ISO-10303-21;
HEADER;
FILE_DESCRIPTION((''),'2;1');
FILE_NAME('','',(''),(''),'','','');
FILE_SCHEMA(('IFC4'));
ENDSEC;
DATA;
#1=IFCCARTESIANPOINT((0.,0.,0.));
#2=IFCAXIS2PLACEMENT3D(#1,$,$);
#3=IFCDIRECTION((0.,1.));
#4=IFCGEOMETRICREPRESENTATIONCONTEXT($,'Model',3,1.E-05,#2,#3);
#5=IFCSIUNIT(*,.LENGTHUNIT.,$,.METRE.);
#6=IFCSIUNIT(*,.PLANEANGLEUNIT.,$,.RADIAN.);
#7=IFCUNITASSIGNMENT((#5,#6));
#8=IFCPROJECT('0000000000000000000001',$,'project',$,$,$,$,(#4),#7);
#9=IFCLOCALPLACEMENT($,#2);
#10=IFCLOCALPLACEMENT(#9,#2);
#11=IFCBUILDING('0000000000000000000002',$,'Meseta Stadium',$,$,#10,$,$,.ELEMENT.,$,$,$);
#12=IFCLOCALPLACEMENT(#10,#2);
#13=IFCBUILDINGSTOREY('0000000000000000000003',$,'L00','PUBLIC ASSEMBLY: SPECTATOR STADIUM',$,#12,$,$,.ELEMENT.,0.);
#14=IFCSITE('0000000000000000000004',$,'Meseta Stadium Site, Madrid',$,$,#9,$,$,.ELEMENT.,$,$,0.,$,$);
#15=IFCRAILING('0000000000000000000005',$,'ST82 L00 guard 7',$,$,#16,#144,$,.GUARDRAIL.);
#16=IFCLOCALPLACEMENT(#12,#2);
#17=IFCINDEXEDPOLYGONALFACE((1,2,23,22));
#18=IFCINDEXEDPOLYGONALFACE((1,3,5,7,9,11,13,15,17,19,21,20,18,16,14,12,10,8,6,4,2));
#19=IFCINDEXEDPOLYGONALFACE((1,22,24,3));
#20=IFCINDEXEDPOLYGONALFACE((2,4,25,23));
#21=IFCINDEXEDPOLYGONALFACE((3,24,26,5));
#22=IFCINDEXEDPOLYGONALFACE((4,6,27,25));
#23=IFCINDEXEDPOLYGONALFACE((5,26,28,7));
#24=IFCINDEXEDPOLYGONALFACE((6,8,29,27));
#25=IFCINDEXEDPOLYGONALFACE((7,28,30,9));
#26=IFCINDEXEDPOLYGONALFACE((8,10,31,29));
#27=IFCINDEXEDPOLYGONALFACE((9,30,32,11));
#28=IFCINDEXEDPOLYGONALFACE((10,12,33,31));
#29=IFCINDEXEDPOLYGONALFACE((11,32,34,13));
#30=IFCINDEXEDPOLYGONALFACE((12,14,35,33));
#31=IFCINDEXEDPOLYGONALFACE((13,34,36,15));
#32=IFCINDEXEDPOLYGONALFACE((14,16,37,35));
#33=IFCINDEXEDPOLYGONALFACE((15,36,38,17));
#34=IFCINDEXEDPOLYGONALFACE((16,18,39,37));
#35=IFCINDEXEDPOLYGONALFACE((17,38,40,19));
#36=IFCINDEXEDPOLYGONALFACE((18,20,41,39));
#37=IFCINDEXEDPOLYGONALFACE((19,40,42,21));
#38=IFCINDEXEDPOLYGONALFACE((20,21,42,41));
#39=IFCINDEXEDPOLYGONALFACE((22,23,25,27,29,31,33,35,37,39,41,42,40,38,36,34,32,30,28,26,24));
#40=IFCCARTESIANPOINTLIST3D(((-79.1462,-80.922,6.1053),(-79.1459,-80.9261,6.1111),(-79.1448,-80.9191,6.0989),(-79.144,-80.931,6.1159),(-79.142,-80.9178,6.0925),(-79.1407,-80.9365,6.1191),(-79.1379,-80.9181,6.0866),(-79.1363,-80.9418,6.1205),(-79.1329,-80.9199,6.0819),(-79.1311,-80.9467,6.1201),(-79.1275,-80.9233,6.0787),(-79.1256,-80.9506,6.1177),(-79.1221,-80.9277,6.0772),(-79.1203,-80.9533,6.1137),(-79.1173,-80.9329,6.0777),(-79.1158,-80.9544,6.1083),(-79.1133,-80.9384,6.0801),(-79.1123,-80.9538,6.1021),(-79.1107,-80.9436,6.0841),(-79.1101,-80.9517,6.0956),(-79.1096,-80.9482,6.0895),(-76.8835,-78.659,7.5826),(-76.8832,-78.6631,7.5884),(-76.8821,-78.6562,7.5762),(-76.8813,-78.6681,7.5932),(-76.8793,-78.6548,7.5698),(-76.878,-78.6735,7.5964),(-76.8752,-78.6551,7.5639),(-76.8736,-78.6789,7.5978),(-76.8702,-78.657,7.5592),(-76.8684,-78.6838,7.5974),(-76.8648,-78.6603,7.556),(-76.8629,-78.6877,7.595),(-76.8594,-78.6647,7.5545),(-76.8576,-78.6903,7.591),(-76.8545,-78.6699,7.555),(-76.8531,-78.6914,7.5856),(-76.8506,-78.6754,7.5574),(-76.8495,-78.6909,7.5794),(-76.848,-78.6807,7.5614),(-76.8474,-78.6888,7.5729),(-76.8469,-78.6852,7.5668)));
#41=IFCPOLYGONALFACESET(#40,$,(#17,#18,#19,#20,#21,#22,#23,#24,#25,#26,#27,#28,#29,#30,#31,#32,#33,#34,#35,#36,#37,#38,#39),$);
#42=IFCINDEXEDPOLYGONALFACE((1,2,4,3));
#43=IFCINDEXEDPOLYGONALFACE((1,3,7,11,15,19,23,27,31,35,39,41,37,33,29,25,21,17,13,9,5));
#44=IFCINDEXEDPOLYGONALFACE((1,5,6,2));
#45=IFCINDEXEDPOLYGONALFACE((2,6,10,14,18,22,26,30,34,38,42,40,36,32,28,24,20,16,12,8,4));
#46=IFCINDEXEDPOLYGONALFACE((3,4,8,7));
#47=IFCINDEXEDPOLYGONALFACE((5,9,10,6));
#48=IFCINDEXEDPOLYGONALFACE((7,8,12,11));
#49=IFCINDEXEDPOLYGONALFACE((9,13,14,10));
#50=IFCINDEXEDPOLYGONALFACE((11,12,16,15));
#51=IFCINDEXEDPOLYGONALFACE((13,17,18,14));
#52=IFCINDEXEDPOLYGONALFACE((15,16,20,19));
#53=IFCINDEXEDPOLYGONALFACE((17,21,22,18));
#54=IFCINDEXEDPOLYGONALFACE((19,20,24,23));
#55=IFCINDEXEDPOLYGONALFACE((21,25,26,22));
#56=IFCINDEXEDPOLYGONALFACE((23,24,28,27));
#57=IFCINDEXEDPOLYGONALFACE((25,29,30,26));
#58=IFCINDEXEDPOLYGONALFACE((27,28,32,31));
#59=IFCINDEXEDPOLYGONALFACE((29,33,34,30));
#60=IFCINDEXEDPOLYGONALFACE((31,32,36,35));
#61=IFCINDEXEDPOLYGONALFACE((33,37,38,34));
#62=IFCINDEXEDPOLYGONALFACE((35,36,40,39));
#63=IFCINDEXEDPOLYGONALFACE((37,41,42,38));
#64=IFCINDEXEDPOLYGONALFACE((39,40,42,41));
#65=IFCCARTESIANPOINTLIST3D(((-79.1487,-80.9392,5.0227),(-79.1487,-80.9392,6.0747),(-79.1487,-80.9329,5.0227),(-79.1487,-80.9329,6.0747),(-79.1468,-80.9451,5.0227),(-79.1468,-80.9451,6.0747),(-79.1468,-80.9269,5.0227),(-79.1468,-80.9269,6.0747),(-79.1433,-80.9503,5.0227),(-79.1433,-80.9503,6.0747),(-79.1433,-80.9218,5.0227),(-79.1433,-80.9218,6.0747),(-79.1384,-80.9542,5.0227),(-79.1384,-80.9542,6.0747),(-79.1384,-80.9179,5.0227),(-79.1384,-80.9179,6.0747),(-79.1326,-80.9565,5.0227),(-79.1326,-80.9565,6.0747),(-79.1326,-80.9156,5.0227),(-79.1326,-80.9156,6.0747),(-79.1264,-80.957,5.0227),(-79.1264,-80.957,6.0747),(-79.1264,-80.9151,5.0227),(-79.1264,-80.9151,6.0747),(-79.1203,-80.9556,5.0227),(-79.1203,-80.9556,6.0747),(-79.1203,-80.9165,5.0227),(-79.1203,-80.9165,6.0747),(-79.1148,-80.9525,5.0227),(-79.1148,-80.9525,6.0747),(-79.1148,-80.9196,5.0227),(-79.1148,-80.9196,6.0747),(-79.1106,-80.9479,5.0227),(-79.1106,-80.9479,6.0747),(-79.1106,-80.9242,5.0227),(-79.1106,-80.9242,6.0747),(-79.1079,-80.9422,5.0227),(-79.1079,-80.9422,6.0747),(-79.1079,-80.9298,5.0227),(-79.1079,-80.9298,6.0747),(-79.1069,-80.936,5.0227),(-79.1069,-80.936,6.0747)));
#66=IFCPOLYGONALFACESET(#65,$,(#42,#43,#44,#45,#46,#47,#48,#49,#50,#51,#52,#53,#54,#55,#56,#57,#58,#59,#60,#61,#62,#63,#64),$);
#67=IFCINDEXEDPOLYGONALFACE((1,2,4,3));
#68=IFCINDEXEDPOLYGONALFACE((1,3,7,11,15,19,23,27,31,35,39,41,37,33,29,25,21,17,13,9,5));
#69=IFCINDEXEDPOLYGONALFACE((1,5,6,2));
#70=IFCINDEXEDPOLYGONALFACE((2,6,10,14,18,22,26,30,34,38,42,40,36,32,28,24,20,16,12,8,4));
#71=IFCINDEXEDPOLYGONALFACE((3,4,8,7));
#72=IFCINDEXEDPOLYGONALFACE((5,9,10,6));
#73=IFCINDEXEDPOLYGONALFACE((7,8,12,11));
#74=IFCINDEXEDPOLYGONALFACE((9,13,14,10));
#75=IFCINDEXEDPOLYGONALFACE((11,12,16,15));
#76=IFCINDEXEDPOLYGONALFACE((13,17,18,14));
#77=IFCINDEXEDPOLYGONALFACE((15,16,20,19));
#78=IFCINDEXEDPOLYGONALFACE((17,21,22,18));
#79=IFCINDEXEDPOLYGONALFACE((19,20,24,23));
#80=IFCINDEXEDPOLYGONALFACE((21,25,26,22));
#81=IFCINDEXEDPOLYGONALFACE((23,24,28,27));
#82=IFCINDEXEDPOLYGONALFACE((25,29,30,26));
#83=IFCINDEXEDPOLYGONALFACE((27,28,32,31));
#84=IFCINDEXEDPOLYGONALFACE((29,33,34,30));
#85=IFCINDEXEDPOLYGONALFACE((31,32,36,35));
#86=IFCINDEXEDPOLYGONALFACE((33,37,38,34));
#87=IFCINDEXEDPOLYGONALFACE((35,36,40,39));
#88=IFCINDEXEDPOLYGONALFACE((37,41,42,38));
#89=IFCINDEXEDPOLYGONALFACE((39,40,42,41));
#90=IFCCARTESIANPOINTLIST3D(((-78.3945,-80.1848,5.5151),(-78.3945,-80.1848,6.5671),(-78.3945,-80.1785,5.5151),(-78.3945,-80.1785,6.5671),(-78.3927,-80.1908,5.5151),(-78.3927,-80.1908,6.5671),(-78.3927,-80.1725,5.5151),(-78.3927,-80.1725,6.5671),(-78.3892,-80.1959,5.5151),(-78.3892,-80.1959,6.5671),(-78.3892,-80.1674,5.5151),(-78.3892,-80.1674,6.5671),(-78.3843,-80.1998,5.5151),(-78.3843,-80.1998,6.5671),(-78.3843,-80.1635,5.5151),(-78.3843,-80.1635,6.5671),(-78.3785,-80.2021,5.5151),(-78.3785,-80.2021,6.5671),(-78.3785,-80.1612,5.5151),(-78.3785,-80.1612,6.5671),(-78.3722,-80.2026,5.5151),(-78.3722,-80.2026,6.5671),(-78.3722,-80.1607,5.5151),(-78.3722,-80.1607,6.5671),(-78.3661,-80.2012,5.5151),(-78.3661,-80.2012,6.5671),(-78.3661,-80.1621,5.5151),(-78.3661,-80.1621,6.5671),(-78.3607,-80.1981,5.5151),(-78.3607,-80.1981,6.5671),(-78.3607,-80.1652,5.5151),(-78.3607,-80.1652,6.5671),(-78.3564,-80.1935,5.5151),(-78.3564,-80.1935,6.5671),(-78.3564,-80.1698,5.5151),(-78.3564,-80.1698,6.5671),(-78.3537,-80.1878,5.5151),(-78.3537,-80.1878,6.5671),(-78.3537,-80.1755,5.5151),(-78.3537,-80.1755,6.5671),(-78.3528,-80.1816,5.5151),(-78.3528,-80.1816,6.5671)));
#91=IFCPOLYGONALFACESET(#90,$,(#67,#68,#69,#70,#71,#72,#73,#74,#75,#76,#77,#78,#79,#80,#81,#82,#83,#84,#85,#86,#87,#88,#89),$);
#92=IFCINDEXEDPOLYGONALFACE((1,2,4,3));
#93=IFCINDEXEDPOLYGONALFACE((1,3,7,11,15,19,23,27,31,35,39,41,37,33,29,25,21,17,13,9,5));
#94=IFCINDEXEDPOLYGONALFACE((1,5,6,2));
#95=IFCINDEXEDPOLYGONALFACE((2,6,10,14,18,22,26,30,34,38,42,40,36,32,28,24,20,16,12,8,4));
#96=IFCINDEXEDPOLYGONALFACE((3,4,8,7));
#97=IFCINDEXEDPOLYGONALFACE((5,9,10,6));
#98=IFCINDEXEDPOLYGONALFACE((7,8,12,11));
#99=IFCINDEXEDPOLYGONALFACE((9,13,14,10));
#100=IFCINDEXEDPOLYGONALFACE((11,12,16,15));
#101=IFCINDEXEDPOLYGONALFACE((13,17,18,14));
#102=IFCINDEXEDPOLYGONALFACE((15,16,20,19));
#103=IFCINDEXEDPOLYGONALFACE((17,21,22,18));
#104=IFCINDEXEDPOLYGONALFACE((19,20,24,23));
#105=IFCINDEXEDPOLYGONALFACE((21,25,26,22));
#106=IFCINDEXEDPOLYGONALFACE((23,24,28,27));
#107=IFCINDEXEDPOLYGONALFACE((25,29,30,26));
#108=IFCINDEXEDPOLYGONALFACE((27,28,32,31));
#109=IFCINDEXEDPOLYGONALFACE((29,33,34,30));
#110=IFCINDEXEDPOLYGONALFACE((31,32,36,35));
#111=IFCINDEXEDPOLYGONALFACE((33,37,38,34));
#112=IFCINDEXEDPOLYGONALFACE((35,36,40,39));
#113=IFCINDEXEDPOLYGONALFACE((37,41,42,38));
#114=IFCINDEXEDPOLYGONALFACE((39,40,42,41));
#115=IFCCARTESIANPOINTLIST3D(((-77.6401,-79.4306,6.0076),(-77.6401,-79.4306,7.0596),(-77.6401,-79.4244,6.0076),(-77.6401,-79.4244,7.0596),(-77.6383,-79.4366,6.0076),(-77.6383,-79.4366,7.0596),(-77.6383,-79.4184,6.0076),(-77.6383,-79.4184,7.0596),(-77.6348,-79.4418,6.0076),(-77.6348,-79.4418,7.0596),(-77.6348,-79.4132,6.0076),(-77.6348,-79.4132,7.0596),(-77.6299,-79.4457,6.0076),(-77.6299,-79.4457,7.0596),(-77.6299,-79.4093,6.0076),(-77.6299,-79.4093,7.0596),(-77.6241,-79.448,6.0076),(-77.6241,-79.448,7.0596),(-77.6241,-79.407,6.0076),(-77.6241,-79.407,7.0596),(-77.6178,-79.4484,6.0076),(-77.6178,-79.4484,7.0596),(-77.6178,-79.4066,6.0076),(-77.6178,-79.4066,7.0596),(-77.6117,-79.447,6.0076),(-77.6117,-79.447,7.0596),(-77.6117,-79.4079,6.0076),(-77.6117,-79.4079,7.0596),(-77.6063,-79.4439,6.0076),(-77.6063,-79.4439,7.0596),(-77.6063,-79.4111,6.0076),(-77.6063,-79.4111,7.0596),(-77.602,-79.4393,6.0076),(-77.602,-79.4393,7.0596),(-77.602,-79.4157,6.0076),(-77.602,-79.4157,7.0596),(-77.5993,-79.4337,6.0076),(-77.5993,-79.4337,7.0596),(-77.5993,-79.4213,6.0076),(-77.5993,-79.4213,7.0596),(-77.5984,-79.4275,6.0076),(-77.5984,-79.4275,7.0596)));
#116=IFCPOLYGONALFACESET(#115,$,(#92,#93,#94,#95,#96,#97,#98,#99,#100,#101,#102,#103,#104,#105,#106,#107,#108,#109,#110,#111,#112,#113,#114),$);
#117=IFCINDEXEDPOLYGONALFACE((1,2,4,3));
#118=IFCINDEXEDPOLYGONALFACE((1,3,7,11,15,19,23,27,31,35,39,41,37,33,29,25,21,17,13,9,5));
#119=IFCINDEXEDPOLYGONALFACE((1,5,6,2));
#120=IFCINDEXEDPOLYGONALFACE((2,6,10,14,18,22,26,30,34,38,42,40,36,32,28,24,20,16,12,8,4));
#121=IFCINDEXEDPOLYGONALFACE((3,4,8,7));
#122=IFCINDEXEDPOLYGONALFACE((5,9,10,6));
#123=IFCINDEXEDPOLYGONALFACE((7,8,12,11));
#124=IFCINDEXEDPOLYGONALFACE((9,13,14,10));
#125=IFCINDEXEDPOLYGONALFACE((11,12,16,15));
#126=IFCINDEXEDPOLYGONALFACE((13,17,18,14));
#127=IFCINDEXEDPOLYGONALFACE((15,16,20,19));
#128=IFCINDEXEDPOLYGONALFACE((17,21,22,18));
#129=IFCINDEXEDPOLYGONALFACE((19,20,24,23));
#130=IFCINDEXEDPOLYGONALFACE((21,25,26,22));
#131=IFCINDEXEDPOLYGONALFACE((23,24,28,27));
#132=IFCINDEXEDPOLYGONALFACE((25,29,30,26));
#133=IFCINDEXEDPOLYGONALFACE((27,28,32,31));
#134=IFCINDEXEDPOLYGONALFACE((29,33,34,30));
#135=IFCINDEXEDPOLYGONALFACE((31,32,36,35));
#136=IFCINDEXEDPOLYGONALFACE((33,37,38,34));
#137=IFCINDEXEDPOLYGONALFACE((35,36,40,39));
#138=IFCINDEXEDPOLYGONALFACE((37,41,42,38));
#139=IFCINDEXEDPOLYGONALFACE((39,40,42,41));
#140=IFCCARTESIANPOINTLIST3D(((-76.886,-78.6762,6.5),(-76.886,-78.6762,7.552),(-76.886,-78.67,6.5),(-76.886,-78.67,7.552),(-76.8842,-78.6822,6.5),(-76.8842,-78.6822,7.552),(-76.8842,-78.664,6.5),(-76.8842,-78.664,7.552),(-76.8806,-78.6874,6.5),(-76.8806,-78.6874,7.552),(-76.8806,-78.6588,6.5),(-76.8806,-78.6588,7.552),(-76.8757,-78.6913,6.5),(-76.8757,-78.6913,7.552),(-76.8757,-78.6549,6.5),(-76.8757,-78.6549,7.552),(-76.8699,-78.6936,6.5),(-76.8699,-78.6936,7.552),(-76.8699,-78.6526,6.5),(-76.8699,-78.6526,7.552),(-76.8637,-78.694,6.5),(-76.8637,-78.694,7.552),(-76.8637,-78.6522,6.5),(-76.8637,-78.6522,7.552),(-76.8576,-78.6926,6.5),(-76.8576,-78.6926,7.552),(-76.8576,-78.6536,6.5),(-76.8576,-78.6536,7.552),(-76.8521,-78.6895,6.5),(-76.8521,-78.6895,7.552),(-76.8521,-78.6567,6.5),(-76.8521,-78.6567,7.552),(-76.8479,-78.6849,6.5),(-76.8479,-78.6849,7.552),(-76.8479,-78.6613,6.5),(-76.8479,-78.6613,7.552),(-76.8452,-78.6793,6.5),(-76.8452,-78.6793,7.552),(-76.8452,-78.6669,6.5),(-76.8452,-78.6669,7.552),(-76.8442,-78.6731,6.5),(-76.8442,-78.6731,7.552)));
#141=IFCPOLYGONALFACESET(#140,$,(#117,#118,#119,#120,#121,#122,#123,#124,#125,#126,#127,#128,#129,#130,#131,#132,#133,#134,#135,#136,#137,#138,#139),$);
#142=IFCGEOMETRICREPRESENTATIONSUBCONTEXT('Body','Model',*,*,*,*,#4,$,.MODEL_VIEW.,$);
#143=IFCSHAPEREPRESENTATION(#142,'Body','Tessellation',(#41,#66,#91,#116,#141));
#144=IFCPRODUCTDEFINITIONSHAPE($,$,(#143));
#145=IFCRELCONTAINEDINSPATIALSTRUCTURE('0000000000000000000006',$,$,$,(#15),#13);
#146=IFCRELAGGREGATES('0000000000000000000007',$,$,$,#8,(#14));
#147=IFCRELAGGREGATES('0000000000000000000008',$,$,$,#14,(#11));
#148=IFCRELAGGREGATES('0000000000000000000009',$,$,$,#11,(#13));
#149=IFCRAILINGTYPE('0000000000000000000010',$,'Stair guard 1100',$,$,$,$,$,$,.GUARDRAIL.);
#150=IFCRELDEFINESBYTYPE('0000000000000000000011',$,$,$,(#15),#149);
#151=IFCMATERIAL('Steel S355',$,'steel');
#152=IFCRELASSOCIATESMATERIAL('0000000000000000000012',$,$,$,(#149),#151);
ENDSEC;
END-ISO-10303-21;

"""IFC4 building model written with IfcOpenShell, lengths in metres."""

from ifc_helpers import new_model, si_unit, direction, frame, origin, origin_2d, place, context, subcontext, project, spatial, circle, extrude, material, type_object, element, save


model = new_model("IFC4")

# Units and contexts
model_context = context("Model", 3, precision=1e-05, world=origin(), true_north=direction((0.0, 1.0)))
body_context = subcontext(model_context, "Body", "Model", "MODEL_VIEW")
ifc_project = project(units=[si_unit("LENGTHUNIT", "METRE"), si_unit("PLANEANGLEUNIT", "RADIAN")], contexts=[model_context])

# Site, building, storey
site_placement = place(None, origin())
site = spatial("IfcSite", under=ifc_project, at=site_placement, Name="Meseta Stadium Site, Madrid", CompositionType="ELEMENT", RefElevation=0.0)
building_placement = place(site_placement, origin())
building = spatial("IfcBuilding", under=site, at=building_placement, Name="Meseta Stadium", CompositionType="ELEMENT")
storey_placement = place(building_placement, origin())
storey = spatial("IfcBuildingStorey", under=building, at=storey_placement, Name="L00", Description="PUBLIC ASSEMBLY: SPECTATOR STADIUM", CompositionType="ELEMENT", Elevation=0.0)

# Railing
ifc_material_1 = material(Name="Steel S355", Category="steel")
railing_type_1 = type_object("IfcRailingType", Name="Stair guard 1100", PredefinedType="GUARDRAIL", material=ifc_material_1)
railing_1_placement = place(storey_placement, frame((-79.1279, -80.936, 5.0227)))
element("IfcRailing", 1, at=railing_1_placement, inside=storey, type_object=railing_type_1, Name="ST82 L00 guard 7", PredefinedType="GUARDRAIL", context=body_context, shape_type="SweptSolid", body=[
    extrude(circle(Radius=0.0239, at=origin_2d()), frame((0.0, 0.0, 1.0762), z_axis=(0.641965, 0.642034, 0.419134), x_axis=(-0.707145, 0.707069, 0.0)), (0.0, 0.0, 1.0), 3.5247),
    extrude(circle(Radius=0.021, at=origin_2d()), origin(), (0.0, 0.0, 1.0), 1.052),
    extrude(circle(Radius=0.021, at=origin_2d()), frame((0.7542, 0.7544, 0.4924)), (0.0, 0.0, 1.0), 1.052),
    extrude(circle(Radius=0.021, at=origin_2d()), frame((1.5085, 1.5085, 0.9849)), (0.0, 0.0, 1.0), 1.052),
    extrude(circle(Radius=0.021, at=origin_2d()), frame((2.2627, 2.2629, 1.4773)), (0.0, 0.0, 1.0), 1.052),
])

save(model, "model.ifc")
